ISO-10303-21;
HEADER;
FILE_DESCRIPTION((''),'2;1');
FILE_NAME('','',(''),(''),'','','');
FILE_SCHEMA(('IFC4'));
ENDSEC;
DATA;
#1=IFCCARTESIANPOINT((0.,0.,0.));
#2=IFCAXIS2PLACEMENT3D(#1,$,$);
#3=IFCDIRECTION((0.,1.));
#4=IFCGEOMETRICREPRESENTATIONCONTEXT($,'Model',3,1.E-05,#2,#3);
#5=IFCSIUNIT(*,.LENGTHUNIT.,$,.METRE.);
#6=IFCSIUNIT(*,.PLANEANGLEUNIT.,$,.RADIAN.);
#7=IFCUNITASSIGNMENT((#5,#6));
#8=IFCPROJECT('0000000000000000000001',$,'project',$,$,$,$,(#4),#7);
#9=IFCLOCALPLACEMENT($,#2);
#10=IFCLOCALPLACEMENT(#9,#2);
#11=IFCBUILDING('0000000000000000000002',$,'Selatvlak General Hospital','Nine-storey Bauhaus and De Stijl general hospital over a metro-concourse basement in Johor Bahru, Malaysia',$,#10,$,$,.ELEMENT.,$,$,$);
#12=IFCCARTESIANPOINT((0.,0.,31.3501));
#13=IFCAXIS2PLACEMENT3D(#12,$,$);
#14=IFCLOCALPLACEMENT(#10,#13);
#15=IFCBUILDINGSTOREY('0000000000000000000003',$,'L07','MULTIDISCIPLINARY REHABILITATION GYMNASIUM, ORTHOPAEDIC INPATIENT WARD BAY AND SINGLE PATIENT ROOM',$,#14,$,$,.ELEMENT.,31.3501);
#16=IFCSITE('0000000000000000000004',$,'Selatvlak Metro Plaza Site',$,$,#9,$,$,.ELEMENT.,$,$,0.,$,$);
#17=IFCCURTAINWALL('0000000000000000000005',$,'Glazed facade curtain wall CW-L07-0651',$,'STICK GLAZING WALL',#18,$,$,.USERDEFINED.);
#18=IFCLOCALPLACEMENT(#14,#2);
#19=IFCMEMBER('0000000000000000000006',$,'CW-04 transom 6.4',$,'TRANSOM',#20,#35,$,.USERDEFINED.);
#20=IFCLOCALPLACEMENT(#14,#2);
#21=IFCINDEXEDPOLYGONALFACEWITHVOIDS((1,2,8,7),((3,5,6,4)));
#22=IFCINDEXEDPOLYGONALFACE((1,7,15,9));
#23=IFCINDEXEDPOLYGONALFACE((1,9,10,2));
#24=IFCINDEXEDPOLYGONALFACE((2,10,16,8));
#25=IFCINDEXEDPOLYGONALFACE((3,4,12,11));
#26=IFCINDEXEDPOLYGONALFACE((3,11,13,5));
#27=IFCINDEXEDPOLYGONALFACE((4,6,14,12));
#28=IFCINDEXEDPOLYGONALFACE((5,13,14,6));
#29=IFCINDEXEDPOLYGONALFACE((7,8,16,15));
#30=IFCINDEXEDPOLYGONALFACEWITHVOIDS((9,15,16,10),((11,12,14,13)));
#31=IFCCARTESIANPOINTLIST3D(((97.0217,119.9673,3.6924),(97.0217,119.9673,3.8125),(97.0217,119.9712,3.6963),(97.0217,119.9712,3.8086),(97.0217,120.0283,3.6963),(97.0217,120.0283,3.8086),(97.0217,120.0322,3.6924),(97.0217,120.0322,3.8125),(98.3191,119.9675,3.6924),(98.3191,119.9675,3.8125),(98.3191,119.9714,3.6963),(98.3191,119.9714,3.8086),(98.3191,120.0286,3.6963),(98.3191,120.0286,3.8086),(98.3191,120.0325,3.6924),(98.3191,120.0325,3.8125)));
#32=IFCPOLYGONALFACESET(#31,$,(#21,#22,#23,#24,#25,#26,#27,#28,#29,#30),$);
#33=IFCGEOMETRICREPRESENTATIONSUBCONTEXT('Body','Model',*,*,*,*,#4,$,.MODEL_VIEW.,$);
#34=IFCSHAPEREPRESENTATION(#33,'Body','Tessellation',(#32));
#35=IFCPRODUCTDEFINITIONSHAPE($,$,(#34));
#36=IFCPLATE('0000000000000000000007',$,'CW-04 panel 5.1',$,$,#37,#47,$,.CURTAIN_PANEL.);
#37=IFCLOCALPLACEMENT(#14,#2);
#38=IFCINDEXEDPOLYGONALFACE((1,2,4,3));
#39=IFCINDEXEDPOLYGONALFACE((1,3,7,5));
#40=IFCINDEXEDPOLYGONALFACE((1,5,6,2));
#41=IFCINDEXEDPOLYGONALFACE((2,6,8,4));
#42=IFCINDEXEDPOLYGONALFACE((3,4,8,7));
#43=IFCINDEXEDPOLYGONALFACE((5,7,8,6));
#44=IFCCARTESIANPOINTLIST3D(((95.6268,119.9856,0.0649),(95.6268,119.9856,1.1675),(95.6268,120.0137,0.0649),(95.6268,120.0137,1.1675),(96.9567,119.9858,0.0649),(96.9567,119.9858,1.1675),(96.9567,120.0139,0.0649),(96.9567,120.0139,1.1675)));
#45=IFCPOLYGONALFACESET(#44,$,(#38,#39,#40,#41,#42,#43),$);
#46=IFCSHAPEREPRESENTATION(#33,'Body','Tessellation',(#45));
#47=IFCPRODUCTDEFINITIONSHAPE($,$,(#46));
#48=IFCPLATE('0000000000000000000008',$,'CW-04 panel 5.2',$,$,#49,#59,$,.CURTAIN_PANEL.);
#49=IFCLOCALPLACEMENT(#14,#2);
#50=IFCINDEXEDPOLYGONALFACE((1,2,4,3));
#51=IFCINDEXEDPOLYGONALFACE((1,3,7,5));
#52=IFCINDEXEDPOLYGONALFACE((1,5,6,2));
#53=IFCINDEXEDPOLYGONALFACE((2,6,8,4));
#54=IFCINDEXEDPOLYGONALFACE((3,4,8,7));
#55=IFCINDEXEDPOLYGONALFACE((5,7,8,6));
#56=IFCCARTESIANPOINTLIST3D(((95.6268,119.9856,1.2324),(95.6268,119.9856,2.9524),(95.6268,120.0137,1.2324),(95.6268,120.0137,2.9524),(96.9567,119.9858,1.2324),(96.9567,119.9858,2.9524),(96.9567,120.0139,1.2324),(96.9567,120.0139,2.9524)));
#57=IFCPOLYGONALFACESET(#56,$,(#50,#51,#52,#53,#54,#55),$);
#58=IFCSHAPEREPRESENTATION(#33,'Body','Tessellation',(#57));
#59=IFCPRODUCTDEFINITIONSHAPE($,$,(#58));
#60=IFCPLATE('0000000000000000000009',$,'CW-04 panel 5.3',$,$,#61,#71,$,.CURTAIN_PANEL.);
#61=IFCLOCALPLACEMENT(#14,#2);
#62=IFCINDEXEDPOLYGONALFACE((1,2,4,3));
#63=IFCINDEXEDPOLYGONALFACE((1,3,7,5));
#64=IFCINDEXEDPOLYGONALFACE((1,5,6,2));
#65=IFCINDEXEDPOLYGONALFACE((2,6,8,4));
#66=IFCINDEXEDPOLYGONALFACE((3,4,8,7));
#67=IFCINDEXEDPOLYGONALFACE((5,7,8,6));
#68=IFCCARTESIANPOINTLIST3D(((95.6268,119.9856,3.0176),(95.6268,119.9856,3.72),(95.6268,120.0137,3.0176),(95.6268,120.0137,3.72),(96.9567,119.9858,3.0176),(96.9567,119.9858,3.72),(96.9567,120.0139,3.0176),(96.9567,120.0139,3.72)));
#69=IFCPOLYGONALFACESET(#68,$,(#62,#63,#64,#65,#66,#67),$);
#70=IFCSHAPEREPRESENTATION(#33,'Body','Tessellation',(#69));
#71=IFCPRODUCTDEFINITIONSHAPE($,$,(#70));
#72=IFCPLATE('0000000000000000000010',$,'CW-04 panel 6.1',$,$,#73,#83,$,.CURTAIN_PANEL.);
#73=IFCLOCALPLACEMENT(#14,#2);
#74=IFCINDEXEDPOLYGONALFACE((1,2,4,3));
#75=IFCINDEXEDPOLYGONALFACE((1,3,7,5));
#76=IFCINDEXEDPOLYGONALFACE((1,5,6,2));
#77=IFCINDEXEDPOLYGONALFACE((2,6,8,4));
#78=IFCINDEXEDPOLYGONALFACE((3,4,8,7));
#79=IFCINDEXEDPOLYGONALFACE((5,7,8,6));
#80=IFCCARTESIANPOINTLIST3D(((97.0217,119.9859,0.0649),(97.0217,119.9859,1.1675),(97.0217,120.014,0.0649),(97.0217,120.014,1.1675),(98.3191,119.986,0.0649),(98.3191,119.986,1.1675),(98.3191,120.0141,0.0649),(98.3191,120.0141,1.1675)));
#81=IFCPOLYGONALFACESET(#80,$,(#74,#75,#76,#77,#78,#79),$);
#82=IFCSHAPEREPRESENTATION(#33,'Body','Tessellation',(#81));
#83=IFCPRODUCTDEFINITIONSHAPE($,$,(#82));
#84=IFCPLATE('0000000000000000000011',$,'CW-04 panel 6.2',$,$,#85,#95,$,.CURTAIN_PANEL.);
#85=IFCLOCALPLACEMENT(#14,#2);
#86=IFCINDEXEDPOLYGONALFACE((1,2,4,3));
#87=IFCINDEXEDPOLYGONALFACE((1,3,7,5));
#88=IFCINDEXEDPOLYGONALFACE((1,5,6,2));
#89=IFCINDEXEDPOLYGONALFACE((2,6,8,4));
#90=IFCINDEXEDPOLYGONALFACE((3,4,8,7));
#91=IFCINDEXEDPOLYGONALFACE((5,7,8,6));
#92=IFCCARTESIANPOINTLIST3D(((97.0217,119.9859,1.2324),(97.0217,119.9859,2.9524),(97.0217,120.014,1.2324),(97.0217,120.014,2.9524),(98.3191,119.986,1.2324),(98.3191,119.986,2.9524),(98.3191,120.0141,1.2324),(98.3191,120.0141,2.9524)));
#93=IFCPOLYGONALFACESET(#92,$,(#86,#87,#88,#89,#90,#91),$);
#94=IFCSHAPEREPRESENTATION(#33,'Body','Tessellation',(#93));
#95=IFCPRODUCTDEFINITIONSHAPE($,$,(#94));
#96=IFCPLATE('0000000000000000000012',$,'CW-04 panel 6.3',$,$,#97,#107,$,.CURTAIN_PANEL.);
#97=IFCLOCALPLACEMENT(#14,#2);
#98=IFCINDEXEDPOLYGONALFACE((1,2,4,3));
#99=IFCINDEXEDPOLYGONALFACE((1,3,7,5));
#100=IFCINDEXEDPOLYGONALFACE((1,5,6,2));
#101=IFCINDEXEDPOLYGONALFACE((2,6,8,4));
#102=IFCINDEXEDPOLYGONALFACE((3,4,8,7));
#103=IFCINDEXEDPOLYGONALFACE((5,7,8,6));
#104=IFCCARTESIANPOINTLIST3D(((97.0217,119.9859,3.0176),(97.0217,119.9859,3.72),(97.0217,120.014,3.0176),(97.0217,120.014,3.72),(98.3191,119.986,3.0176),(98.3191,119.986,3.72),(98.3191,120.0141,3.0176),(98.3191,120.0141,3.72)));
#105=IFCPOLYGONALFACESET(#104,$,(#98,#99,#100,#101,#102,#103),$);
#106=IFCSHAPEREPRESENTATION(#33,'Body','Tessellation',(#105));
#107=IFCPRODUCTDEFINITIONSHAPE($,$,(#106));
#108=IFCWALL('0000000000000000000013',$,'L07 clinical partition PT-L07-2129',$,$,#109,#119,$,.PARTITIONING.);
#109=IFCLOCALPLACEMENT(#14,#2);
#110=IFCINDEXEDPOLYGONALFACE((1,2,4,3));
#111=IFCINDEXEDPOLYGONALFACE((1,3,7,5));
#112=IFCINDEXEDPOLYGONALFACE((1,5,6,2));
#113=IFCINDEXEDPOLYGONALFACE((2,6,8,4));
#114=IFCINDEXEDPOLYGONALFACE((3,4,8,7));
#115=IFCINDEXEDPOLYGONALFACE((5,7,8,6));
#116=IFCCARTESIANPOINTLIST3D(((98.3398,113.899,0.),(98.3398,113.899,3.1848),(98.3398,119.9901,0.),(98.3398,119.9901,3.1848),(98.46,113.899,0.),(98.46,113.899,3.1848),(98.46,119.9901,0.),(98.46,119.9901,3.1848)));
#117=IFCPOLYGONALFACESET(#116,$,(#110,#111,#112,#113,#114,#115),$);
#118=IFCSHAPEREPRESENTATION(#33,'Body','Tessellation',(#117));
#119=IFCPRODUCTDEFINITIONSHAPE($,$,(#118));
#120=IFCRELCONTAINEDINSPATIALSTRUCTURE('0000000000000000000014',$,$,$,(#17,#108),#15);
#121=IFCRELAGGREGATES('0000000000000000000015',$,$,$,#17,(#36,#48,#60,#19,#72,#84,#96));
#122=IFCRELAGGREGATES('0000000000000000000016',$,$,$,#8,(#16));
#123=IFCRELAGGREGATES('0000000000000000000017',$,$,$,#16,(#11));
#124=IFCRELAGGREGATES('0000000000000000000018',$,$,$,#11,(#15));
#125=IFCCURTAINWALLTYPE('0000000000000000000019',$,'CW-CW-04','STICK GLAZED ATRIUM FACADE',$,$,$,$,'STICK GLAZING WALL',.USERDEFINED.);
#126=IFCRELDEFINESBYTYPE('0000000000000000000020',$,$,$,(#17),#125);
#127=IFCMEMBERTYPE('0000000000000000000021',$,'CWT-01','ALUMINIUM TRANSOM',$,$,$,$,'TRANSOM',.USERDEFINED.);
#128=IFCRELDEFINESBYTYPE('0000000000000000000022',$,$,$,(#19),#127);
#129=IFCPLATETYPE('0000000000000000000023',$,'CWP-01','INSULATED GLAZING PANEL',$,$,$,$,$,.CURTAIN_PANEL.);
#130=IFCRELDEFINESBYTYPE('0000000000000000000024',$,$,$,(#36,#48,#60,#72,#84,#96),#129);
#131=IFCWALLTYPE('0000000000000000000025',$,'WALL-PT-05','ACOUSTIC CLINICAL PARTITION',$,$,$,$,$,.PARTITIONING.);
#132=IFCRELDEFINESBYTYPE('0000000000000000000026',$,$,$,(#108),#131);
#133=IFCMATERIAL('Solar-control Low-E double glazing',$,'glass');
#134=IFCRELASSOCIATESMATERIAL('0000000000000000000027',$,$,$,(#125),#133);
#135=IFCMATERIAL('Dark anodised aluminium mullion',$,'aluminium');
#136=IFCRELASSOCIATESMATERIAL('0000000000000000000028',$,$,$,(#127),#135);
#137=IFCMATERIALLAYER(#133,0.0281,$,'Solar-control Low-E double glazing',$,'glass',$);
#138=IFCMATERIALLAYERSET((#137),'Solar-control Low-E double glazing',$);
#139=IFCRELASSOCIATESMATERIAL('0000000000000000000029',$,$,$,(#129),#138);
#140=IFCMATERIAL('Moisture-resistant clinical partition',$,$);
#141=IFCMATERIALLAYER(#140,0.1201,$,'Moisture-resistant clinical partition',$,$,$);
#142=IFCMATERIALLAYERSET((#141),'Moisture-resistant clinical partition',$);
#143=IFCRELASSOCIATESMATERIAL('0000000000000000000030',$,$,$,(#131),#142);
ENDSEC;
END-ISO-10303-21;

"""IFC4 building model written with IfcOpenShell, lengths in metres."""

from ifc_helpers import new_model, si_unit, direction, frame, frame_2d, origin, origin_2d, place, context, subcontext, project, spatial, rectangle, hollow_rectangle, extrude, material, layer, layer_set, material_profile, profile_set, type_object, element, aggregate, save


model = new_model("IFC4")

# Units and contexts
model_context = context("Model", 3, precision=1e-05, world=origin(), true_north=direction((0.0, 1.0)))
body_context = subcontext(model_context, "Body", "Model", "MODEL_VIEW")
ifc_project = project(units=[si_unit("LENGTHUNIT", "METRE"), si_unit("PLANEANGLEUNIT", "RADIAN")], contexts=[model_context])

# Site, building, storey
site_placement = place(None, origin())
site = spatial("IfcSite", under=ifc_project, at=site_placement, Name="Selatvlak Metro Plaza Site", CompositionType="ELEMENT", RefElevation=0.0)
building_placement = place(site_placement, origin())
building = spatial("IfcBuilding", under=site, at=building_placement, Name="Selatvlak General Hospital", Description="Nine-storey Bauhaus and De Stijl general hospital over a metro-concourse basement in Johor Bahru, Malaysia", CompositionType="ELEMENT")
storey_placement = place(building_placement, frame((0.0, 0.0, 31.3501)))
storey = spatial("IfcBuildingStorey", under=building, at=storey_placement, Name="L07", Description="MULTIDISCIPLINARY REHABILITATION GYMNASIUM, ORTHOPAEDIC INPATIENT WARD BAY AND SINGLE PATIENT ROOM", CompositionType="ELEMENT", Elevation=31.3501)

# Curtain wall, member, plates
ifc_material_1 = material(Name="Solar-control Low-E double glazing", Category="glass")
curtain_wall_type = type_object("IfcCurtainWallType", Name="CW-CW-04", Description="STICK GLAZED ATRIUM FACADE", ElementType="STICK GLAZING WALL", PredefinedType="USERDEFINED", material=ifc_material_1)
curtain_wall_placement = place(storey_placement, origin())
curtain_wall = element("IfcCurtainWall", 1, at=curtain_wall_placement, inside=storey, type_object=curtain_wall_type, Name="Glazed facade curtain wall CW-L07-0651", ObjectType="STICK GLAZING WALL", PredefinedType="USERDEFINED")
ifc_material_2 = material(Name="Dark anodised aluminium mullion", Category="aluminium")
ifc_material_profile_1 = material_profile(ifc_material_2, hollow_rectangle(XDim=0.0649, YDim=0.1201, WallThickness=0.0039, at=origin_2d()), Name="AL-TRN 65x120x4")
ifc_profile_set_1 = profile_set([ifc_material_profile_1], Name="Dark anodised aluminium mullion")
member_type_1 = type_object("IfcMemberType", Name="CWT-01", Description="ALUMINIUM TRANSOM", ElementType="TRANSOM", PredefinedType="USERDEFINED", material=ifc_profile_set_1)
member_1_placement = place(storey_placement, frame((97.0217, 119.9998, 3.7524), z_axis=(1.0, 0.000188, 0.0), x_axis=(-0.000188, 1.0, 0.0)))
member_1 = element("IfcMember", 2, at=member_1_placement, type_object=member_type_1, Name="CW-04 transom 6.4", ObjectType="TRANSOM", PredefinedType="USERDEFINED", context=body_context, shape_type="SweptSolid", body=[
    extrude(hollow_rectangle(XDim=0.0649, YDim=0.1201, WallThickness=0.0039, at=origin_2d()), origin(), (0.0, 0.0, 1.0), 1.2974),
])
ifc_layer_1 = layer(ifc_material_1, 0.0281, Name="Solar-control Low-E double glazing", Category="glass")
ifc_layer_set_1 = layer_set([ifc_layer_1], Name="Solar-control Low-E double glazing")
plate_type = type_object("IfcPlateType", Name="CWP-01", Description="INSULATED GLAZING PANEL", PredefinedType="CURTAIN_PANEL", material=ifc_layer_set_1)
plate_1_placement = place(storey_placement, frame((96.2917, 119.9998, 0.0649), z_axis=(0.0, 0.0, 1.0), x_axis=(1.0, 0.000119, 0.0)))
plate_1 = element("IfcPlate", 3, at=plate_1_placement, type_object=plate_type, Name="CW-04 panel 5.1", PredefinedType="CURTAIN_PANEL", context=body_context, shape_type="SweptSolid", body=[
    extrude(rectangle(XDim=1.3298, YDim=0.0281, at=origin_2d()), origin(), (0.0, 0.0, 1.0), 1.1025),
])
plate_2_placement = place(storey_placement, frame((96.2917, 119.9998, 1.2324), z_axis=(0.0, 0.0, 1.0), x_axis=(1.0, 0.000119, 0.0)))
plate_2 = element("IfcPlate", 4, at=plate_2_placement, type_object=plate_type, Name="CW-04 panel 5.2", PredefinedType="CURTAIN_PANEL", context=body_context, shape_type="SweptSolid", body=[
    extrude(rectangle(XDim=1.3298, YDim=0.0281, at=origin_2d()), origin(), (0.0, 0.0, 1.0), 1.72),
])
plate_3_placement = place(storey_placement, frame((96.2917, 119.9998, 3.0176), z_axis=(0.0, 0.0, 1.0), x_axis=(1.0, 0.000119, 0.0)))
plate_3 = element("IfcPlate", 5, at=plate_3_placement, type_object=plate_type, Name="CW-04 panel 5.3", PredefinedType="CURTAIN_PANEL", context=body_context, shape_type="SweptSolid", body=[
    extrude(rectangle(XDim=1.3298, YDim=0.0281, at=origin_2d()), origin(), (0.0, 0.0, 1.0), 0.7024),
])
plate_4_placement = place(storey_placement, frame((97.6704, 120.0, 0.0649), z_axis=(0.0, 0.0, 1.0), x_axis=(1.0, 0.000119, 0.0)))
plate_4 = element("IfcPlate", 6, at=plate_4_placement, type_object=plate_type, Name="CW-04 panel 6.1", PredefinedType="CURTAIN_PANEL", context=body_context, shape_type="SweptSolid", body=[
    extrude(rectangle(XDim=1.2974, YDim=0.0281, at=origin_2d()), origin(), (0.0, 0.0, 1.0), 1.1025),
])
plate_5_placement = place(storey_placement, frame((97.6704, 120.0, 1.2324), z_axis=(0.0, 0.0, 1.0), x_axis=(1.0, 0.000119, 0.0)))
plate_5 = element("IfcPlate", 7, at=plate_5_placement, type_object=plate_type, Name="CW-04 panel 6.2", PredefinedType="CURTAIN_PANEL", context=body_context, shape_type="SweptSolid", body=[
    extrude(rectangle(XDim=1.2974, YDim=0.0281, at=origin_2d()), origin(), (0.0, 0.0, 1.0), 1.72),
])
plate_6_placement = place(storey_placement, frame((97.6704, 120.0, 3.0176), z_axis=(0.0, 0.0, 1.0), x_axis=(1.0, 0.000119, 0.0)))
plate_6 = element("IfcPlate", 8, at=plate_6_placement, type_object=plate_type, Name="CW-04 panel 6.3", PredefinedType="CURTAIN_PANEL", context=body_context, shape_type="SweptSolid", body=[
    extrude(rectangle(XDim=1.2974, YDim=0.0281, at=origin_2d()), origin(), (0.0, 0.0, 1.0), 0.7024),
])
aggregate(curtain_wall, [plate_1, plate_2, plate_3, member_1, plate_4, plate_5, plate_6])

# Wall
ifc_material_3 = material(Name="Moisture-resistant clinical partition")
ifc_layer_2 = layer(ifc_material_3, 0.1201, Name="Moisture-resistant clinical partition")
ifc_layer_set_2 = layer_set([ifc_layer_2], Name="Moisture-resistant clinical partition")
wall_type = type_object("IfcWallType", Name="WALL-PT-05", Description="ACOUSTIC CLINICAL PARTITION", PredefinedType="PARTITIONING", material=ifc_layer_set_2)
wall_placement = place(storey_placement, frame((98.3999, 119.99, 0.0), z_axis=(0.0, 0.0, 1.0), x_axis=(0.0, -1.0, 0.0)))
element("IfcWall", 9, at=wall_placement, inside=storey, type_object=wall_type, Name="L07 clinical partition PT-L07-2129", PredefinedType="PARTITIONING", context=body_context, shape_type="SweptSolid", body=[
    extrude(rectangle(XDim=6.0911, YDim=0.1201, at=frame_2d((3.0454, 0.0))), origin(), (0.0, 0.0, 1.0), 3.1848),
])

save(model, "model.ifc")
